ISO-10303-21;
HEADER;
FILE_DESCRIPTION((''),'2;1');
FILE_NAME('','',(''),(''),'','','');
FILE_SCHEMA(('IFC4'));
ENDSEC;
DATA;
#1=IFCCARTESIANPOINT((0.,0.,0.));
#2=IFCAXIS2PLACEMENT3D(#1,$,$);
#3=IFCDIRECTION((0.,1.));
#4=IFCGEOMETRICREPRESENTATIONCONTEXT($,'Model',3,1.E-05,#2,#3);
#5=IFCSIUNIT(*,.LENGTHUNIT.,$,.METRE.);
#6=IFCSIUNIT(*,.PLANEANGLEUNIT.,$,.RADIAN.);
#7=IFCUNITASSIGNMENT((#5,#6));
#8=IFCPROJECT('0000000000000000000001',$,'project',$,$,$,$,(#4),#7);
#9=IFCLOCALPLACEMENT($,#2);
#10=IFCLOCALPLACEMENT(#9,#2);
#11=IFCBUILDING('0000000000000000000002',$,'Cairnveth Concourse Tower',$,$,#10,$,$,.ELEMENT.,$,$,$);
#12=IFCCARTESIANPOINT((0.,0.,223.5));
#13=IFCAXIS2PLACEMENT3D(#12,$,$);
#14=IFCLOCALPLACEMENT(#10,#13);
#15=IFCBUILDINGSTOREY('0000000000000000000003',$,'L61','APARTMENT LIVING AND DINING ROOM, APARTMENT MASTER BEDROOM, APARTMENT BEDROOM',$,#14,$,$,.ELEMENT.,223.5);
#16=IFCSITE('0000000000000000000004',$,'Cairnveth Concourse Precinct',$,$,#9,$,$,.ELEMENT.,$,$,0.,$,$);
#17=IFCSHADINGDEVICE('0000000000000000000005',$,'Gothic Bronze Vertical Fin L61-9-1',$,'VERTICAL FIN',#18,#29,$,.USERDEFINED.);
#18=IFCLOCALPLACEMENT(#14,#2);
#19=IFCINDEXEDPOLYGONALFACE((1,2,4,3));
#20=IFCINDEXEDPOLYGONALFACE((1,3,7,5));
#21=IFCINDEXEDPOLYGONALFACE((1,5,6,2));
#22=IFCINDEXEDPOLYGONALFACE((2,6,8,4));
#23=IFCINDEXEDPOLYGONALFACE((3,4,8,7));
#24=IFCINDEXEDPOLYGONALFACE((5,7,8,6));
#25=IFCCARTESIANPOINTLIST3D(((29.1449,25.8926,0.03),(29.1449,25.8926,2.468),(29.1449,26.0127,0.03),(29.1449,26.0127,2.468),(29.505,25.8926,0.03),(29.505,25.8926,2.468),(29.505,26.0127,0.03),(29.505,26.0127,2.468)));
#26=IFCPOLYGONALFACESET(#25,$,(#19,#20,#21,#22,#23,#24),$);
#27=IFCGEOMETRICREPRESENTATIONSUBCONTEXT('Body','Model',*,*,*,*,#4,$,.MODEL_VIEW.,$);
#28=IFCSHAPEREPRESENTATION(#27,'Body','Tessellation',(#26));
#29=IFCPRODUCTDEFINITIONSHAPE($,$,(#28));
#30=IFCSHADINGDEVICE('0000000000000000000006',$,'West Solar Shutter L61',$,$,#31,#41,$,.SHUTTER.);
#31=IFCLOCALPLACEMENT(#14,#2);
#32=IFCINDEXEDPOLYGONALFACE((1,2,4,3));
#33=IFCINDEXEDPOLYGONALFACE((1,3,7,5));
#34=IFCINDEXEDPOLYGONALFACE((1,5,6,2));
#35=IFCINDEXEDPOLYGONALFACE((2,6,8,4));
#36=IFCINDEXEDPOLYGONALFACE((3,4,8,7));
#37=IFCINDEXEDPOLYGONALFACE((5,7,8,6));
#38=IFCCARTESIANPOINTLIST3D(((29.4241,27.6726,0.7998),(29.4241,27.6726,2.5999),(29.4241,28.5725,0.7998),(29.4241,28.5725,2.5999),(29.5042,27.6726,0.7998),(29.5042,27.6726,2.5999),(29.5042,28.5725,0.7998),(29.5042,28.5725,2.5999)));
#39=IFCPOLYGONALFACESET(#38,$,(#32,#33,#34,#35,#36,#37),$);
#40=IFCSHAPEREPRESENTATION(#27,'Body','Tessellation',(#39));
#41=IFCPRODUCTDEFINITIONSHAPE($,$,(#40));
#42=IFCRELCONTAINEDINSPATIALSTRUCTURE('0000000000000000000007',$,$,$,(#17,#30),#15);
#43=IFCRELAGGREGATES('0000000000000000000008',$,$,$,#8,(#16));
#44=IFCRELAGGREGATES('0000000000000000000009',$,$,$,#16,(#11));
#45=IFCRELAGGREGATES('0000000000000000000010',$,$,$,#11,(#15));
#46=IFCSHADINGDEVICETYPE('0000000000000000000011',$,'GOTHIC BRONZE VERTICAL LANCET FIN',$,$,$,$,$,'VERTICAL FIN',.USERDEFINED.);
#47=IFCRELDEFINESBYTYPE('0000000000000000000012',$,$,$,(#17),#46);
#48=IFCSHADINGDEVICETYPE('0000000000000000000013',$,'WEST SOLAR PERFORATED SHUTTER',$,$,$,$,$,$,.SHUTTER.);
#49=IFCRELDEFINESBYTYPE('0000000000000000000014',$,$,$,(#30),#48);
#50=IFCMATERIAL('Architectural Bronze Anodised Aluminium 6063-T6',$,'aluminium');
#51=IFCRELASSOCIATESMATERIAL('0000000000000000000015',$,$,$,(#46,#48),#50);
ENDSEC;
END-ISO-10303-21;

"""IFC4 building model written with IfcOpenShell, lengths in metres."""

from ifc_helpers import new_model, si_unit, direction, frame, origin, origin_2d, place, context, subcontext, project, spatial, rectangle, extrude, material, type_object, element, save


model = new_model("IFC4")

# Units and contexts
model_context = context("Model", 3, precision=1e-05, world=origin(), true_north=direction((0.0, 1.0)))
body_context = subcontext(model_context, "Body", "Model", "MODEL_VIEW")
ifc_project = project(units=[si_unit("LENGTHUNIT", "METRE"), si_unit("PLANEANGLEUNIT", "RADIAN")], contexts=[model_context])

# Site, building, storey
site_placement = place(None, origin())
site = spatial("IfcSite", under=ifc_project, at=site_placement, Name="Cairnveth Concourse Precinct", CompositionType="ELEMENT", RefElevation=0.0)
building_placement = place(site_placement, origin())
building = spatial("IfcBuilding", under=site, at=building_placement, Name="Cairnveth Concourse Tower", CompositionType="ELEMENT")
storey_placement = place(building_placement, frame((0.0, 0.0, 223.5)))
storey = spatial("IfcBuildingStorey", under=building, at=storey_placement, Name="L61", Description="APARTMENT LIVING AND DINING ROOM, APARTMENT MASTER BEDROOM, APARTMENT BEDROOM", CompositionType="ELEMENT", Elevation=223.5)

# Shading devices
ifc_material_1 = material(Name="Architectural Bronze Anodised Aluminium 6063-T6", Category="aluminium")
shading_device_type_1 = type_object("IfcShadingDeviceType", Name="GOTHIC BRONZE VERTICAL LANCET FIN", ElementType="VERTICAL FIN", PredefinedType="USERDEFINED", material=ifc_material_1)
shading_device_1_placement = place(storey_placement, frame((29.325, 25.9526, 0.03), z_axis=(0.0, 0.0, 1.0), x_axis=(0.0, 1.0, 0.0)))
element("IfcShadingDevice", 1, at=shading_device_1_placement, inside=storey, type_object=shading_device_type_1, Name="Gothic Bronze Vertical Fin L61-9-1", ObjectType="VERTICAL FIN", PredefinedType="USERDEFINED", context=body_context, shape_type="SweptSolid", body=[
    extrude(rectangle(XDim=0.1201, YDim=0.3601, at=origin_2d()), origin(), (0.0, 0.0, 1.0), 2.438),
])
shading_device_type_2 = type_object("IfcShadingDeviceType", Name="WEST SOLAR PERFORATED SHUTTER", PredefinedType="SHUTTER", material=ifc_material_1)
shading_device_2_placement = place(storey_placement, frame((29.4641, 28.1226, 0.7998), z_axis=(0.0, 0.0, 1.0), x_axis=(1.0, 0.0, 0.0)))
element("IfcShadingDevice", 2, at=shading_device_2_placement, inside=storey, type_object=shading_device_type_2, Name="West Solar Shutter L61", PredefinedType="SHUTTER", context=body_context, shape_type="SweptSolid", body=[
    extrude(rectangle(XDim=0.0801, YDim=0.8999, at=origin_2d()), origin(), (0.0, 0.0, 1.0), 1.8),
])

save(model, "model.ifc")
